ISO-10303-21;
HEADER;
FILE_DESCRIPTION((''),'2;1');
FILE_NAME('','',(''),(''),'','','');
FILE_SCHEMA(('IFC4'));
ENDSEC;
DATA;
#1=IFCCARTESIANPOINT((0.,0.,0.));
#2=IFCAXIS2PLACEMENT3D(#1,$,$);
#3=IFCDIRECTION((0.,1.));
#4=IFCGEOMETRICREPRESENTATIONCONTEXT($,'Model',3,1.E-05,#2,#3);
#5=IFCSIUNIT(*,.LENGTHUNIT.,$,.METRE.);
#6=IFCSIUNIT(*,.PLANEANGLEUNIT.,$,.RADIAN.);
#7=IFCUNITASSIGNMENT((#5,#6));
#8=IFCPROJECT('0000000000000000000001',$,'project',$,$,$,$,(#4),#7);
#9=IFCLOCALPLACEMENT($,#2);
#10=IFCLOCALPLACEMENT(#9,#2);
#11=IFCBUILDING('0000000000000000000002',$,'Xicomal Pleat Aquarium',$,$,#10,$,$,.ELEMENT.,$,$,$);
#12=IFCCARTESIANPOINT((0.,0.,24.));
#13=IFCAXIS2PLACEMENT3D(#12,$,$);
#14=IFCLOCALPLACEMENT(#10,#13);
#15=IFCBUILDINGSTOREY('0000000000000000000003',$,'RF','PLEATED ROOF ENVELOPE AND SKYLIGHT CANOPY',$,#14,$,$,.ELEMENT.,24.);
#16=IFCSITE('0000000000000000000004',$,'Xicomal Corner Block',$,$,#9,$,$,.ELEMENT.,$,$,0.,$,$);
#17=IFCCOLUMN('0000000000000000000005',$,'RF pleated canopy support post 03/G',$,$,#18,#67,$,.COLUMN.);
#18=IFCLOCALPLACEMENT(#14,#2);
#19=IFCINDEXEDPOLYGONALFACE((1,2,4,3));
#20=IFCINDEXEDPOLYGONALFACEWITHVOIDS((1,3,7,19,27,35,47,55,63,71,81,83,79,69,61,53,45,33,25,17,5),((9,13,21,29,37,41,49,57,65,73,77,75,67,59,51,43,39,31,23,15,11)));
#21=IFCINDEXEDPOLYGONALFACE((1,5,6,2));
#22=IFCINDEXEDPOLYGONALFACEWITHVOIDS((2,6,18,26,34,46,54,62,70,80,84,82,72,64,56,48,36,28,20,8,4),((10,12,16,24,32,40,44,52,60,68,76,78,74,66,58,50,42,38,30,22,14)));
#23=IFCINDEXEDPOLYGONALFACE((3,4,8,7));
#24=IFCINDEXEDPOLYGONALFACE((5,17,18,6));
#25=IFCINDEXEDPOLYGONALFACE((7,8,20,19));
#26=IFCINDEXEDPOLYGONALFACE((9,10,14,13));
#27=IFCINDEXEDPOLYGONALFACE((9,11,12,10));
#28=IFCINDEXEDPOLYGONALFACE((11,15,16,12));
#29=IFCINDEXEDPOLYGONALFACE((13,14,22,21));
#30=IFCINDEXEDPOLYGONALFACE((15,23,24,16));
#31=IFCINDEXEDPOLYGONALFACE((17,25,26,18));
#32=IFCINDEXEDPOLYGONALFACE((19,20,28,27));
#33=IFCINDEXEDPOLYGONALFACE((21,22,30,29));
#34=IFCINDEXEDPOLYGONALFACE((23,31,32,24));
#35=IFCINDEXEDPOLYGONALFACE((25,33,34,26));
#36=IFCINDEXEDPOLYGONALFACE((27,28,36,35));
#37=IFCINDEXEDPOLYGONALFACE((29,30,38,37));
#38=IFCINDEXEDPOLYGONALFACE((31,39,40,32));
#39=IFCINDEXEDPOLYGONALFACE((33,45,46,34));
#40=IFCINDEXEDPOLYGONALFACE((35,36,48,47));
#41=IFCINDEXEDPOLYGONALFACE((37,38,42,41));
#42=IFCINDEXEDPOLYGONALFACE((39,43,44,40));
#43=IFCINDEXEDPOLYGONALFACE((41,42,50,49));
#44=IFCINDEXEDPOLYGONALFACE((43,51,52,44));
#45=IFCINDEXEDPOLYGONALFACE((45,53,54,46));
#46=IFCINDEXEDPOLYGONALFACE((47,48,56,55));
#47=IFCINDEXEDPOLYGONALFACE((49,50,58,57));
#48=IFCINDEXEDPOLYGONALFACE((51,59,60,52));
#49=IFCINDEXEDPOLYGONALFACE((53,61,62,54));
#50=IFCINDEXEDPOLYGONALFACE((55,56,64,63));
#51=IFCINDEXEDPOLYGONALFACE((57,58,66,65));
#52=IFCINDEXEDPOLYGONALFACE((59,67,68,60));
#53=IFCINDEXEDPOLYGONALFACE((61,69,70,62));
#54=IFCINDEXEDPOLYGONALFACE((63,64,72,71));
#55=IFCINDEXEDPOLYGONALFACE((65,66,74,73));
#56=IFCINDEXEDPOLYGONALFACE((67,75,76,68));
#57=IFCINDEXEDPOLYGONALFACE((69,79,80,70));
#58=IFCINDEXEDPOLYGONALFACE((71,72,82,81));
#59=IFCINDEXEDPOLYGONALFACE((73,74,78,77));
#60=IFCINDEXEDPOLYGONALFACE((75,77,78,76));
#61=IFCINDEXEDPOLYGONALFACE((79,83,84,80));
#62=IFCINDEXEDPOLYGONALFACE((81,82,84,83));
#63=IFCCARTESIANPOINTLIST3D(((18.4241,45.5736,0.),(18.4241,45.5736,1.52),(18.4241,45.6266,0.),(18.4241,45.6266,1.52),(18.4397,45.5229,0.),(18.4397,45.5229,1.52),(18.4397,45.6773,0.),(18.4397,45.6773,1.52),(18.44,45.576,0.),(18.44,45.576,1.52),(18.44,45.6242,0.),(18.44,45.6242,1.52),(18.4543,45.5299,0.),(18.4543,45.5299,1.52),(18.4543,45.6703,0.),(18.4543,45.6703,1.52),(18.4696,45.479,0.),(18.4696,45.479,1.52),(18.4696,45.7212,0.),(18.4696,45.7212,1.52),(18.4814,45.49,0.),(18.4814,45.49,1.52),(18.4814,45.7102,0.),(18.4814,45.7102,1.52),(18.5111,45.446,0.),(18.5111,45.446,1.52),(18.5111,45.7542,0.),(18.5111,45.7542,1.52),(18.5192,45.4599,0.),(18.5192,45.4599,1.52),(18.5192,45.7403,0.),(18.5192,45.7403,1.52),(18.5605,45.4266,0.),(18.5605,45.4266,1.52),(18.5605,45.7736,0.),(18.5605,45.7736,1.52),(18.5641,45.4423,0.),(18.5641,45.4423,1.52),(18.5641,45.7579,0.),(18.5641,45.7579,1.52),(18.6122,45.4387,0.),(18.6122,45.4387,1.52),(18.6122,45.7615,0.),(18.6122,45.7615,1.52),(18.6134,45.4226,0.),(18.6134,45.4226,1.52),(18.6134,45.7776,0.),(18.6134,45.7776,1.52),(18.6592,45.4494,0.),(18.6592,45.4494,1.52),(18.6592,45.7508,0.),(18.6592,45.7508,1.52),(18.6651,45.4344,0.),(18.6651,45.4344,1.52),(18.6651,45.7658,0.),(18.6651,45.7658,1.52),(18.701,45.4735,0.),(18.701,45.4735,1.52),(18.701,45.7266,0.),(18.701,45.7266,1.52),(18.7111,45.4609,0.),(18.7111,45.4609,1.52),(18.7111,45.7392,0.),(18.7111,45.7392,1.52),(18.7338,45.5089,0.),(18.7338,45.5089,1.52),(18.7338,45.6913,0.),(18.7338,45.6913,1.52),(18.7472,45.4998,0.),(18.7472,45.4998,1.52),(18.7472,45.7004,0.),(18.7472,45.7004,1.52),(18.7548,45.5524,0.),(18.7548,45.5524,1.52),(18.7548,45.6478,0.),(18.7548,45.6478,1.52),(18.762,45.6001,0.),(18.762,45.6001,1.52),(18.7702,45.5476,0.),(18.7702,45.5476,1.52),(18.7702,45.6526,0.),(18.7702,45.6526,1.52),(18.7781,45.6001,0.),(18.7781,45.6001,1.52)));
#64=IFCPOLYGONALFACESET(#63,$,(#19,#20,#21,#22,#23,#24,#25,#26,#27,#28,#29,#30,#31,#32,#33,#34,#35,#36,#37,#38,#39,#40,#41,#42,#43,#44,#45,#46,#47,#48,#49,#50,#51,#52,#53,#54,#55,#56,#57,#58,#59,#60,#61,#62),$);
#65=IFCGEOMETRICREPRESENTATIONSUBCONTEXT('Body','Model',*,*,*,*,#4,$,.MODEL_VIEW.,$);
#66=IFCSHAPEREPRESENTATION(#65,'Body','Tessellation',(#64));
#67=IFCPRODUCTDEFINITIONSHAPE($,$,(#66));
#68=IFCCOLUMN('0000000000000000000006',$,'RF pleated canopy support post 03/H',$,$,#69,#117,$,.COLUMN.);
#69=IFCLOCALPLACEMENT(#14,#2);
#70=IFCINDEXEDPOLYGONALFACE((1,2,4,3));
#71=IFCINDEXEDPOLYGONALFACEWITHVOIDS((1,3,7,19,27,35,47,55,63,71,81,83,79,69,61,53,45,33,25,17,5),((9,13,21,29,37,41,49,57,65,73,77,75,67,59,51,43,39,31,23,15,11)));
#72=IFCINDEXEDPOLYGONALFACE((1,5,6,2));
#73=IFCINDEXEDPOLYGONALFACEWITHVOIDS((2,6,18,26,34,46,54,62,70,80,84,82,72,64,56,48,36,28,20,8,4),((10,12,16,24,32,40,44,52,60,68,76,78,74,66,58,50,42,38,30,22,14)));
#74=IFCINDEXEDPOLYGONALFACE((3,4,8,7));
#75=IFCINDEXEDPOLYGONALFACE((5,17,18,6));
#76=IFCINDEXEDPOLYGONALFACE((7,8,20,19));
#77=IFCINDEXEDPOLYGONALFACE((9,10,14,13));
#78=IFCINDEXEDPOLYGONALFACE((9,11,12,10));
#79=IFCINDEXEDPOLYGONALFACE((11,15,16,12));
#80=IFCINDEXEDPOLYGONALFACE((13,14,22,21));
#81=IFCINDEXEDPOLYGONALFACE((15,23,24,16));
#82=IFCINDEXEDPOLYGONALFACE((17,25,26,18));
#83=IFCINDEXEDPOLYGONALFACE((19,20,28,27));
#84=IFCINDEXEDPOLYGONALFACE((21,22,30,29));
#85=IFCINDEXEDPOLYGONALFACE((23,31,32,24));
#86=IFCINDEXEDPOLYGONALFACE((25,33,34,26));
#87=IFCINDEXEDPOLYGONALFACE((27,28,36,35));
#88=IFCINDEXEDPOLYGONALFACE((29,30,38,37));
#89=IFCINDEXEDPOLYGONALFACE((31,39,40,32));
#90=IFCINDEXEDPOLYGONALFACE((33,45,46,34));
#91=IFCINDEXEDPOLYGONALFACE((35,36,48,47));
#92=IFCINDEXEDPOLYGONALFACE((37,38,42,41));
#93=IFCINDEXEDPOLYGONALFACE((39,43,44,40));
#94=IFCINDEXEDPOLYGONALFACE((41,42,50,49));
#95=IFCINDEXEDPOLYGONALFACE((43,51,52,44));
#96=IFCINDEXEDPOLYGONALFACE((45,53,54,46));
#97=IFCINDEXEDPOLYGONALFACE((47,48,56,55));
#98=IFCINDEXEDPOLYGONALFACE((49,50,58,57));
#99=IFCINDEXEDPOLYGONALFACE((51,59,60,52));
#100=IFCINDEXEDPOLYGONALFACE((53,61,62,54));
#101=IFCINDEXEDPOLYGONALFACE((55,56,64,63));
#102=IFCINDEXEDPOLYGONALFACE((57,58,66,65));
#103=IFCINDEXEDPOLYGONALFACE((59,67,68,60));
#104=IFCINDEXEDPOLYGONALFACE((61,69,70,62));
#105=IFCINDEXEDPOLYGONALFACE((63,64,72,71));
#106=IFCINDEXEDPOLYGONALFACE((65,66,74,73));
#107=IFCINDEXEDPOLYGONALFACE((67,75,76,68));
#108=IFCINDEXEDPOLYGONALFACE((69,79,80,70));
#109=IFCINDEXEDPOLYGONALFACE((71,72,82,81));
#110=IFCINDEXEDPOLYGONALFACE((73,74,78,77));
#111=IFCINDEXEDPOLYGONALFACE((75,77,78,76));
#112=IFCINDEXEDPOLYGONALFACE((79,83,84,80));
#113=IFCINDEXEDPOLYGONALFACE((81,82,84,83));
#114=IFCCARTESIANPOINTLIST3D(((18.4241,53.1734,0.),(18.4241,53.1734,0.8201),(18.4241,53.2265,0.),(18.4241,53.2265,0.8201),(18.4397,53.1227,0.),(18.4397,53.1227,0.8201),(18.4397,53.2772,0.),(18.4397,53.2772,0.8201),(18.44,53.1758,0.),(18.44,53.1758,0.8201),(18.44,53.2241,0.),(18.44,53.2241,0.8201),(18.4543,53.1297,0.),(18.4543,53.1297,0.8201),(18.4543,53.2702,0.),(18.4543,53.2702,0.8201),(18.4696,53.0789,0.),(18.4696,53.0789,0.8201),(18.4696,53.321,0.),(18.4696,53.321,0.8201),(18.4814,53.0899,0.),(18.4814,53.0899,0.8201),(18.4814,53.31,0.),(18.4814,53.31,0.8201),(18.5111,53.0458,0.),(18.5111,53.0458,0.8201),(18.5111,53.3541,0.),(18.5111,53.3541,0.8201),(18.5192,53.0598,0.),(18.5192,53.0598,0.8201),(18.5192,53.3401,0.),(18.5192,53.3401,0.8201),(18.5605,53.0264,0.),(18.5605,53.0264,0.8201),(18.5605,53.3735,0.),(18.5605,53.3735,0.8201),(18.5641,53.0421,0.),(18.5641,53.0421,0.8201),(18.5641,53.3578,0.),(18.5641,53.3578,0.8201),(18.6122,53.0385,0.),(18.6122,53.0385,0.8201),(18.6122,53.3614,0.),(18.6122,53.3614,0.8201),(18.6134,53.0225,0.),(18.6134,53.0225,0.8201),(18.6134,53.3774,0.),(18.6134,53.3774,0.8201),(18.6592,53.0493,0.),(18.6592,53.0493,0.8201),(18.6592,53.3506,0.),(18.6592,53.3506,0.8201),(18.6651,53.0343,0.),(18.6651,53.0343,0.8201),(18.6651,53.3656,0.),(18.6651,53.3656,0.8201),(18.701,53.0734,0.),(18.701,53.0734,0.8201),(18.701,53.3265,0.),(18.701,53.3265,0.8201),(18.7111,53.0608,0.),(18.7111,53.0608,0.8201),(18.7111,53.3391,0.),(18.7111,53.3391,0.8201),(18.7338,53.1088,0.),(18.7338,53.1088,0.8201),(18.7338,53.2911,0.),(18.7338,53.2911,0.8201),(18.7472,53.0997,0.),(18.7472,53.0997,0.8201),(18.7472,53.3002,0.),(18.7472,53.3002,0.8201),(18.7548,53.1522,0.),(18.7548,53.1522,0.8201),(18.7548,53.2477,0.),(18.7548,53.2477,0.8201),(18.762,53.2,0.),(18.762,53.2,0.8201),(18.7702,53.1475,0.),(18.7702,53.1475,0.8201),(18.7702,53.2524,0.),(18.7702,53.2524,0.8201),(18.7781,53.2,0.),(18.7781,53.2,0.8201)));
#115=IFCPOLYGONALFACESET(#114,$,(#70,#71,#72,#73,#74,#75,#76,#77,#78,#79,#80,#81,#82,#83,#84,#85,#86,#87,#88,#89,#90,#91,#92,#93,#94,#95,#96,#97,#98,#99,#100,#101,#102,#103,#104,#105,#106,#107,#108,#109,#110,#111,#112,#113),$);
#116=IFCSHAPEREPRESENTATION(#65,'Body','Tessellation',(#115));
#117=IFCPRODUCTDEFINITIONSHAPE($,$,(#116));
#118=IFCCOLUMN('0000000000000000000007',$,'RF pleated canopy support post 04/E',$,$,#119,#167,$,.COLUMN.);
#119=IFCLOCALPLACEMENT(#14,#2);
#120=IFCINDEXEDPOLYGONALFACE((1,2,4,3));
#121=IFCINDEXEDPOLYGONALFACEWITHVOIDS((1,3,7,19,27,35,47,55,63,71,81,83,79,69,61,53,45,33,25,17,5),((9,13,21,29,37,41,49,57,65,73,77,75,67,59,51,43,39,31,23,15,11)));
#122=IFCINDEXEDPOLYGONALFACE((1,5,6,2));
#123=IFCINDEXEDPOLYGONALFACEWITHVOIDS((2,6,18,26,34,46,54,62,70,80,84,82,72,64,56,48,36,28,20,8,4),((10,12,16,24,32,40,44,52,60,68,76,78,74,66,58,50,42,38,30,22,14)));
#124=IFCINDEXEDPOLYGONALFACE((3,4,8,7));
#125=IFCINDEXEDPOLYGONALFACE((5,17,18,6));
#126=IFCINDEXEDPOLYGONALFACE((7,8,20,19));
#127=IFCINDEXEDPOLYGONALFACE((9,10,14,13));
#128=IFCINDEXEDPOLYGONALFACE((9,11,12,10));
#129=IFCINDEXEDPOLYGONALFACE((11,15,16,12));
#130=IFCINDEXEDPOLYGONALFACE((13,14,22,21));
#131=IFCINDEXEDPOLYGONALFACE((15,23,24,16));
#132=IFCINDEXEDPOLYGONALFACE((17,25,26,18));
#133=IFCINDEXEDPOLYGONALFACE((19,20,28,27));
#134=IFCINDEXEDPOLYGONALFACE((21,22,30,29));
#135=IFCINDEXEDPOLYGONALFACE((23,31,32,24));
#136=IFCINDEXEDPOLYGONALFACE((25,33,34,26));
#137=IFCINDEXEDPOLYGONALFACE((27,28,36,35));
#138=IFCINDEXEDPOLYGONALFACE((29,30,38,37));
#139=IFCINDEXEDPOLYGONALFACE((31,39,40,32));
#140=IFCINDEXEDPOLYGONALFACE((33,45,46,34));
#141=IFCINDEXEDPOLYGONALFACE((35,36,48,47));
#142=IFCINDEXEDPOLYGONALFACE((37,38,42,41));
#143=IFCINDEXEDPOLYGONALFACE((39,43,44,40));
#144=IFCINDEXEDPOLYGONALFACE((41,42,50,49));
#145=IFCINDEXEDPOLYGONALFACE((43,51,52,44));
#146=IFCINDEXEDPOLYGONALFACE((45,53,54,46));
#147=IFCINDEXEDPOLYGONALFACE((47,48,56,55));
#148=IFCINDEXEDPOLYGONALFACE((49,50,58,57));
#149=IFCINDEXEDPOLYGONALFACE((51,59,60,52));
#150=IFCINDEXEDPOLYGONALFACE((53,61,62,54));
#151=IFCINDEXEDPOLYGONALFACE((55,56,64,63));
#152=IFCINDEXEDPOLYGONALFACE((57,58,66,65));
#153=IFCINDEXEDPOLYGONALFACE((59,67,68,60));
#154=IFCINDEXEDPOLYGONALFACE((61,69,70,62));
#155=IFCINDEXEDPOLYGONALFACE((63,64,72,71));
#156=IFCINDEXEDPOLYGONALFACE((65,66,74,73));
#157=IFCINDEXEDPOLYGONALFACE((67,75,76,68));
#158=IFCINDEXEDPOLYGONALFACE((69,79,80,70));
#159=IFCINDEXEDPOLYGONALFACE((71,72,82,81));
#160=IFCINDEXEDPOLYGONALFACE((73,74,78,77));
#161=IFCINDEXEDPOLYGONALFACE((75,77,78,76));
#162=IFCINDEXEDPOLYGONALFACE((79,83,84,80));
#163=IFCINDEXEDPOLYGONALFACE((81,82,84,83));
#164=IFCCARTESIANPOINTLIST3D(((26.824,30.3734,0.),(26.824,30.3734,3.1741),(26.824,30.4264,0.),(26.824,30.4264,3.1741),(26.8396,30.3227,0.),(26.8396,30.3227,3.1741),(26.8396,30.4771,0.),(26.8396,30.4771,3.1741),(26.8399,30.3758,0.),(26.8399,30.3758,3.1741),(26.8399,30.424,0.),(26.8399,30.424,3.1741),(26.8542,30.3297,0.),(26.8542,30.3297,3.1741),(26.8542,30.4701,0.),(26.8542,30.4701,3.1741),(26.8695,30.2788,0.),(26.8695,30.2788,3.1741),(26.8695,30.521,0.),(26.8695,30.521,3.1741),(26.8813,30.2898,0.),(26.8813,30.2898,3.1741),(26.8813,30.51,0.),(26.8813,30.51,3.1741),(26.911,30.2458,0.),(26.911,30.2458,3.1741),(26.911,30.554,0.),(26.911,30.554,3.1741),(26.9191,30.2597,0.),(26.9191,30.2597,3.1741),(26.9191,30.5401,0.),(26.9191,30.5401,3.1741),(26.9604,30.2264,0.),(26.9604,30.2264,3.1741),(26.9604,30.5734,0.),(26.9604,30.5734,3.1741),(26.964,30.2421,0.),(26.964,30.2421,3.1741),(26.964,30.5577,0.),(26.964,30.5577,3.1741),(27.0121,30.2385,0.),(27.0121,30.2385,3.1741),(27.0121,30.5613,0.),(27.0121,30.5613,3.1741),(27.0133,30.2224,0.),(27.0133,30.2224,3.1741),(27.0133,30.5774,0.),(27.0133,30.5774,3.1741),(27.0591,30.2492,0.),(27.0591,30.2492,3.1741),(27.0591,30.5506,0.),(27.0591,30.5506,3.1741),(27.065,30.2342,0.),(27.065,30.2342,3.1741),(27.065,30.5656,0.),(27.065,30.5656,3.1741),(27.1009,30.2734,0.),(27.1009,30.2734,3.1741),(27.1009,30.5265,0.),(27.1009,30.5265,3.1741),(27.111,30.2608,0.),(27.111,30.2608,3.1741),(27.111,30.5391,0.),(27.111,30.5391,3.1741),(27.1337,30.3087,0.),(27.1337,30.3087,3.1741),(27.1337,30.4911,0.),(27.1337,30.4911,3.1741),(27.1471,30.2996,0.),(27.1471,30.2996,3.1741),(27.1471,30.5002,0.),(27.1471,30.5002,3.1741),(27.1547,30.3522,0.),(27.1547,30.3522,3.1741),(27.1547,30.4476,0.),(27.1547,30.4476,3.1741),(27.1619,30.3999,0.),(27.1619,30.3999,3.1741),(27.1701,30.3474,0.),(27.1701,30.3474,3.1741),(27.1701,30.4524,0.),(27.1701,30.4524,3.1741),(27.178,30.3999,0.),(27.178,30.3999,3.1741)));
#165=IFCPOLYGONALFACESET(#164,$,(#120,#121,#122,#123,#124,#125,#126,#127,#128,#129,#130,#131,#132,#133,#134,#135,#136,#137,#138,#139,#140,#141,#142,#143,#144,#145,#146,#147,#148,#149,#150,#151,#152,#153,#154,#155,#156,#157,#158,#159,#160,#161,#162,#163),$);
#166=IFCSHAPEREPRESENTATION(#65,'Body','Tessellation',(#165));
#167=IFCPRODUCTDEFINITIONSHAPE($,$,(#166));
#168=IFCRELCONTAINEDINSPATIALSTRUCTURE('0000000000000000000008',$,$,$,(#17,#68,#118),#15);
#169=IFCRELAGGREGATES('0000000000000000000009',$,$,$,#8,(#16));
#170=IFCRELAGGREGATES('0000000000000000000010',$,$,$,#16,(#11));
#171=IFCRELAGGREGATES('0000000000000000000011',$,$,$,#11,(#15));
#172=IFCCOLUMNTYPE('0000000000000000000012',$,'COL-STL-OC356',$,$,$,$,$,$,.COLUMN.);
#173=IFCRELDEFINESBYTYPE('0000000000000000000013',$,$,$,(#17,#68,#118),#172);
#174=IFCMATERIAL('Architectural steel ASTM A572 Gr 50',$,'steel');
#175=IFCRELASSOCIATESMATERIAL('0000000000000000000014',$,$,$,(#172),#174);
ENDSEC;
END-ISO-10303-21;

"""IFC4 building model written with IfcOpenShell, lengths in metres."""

from ifc_helpers import new_model, si_unit, direction, frame, origin, origin_2d, place, context, subcontext, project, spatial, hollow_circle, extrude, material, material_profile, profile_set, type_object, element, save


model = new_model("IFC4")

# Units and contexts
model_context = context("Model", 3, precision=1e-05, world=origin(), true_north=direction((0.0, 1.0)))
body_context = subcontext(model_context, "Body", "Model", "MODEL_VIEW")
ifc_project = project(units=[si_unit("LENGTHUNIT", "METRE"), si_unit("PLANEANGLEUNIT", "RADIAN")], contexts=[model_context])

# Site, building, storey
site_placement = place(None, origin())
site = spatial("IfcSite", under=ifc_project, at=site_placement, Name="Xicomal Corner Block", CompositionType="ELEMENT", RefElevation=0.0)
building_placement = place(site_placement, origin())
building = spatial("IfcBuilding", under=site, at=building_placement, Name="Xicomal Pleat Aquarium", CompositionType="ELEMENT")
storey_placement = place(building_placement, frame((0.0, 0.0, 24.0)))
storey = spatial("IfcBuildingStorey", under=building, at=storey_placement, Name="RF", Description="PLEATED ROOF ENVELOPE AND SKYLIGHT CANOPY", CompositionType="ELEMENT", Elevation=24.0)

# Columns
ifc_material_1 = material(Name="Architectural steel ASTM A572 Gr 50", Category="steel")
ifc_material_profile_1 = material_profile(ifc_material_1, hollow_circle(Radius=0.178, WallThickness=0.0161, at=origin_2d()), Name="OC 356x16")
ifc_profile_set_1 = profile_set([ifc_material_profile_1], Name="Architectural steel ASTM A572 Gr 50")
column_type = type_object("IfcColumnType", Name="COL-STL-OC356", PredefinedType="COLUMN", material=ifc_profile_set_1)
column_1_placement = place(storey_placement, frame((18.6001, 45.6001, 0.0), z_axis=(0.0, 0.0, 1.0), x_axis=(1.0, 0.0, 0.0)))
element("IfcColumn", 1, at=column_1_placement, inside=storey, type_object=column_type, Name="RF pleated canopy support post 03/G", PredefinedType="COLUMN", context=body_context, shape_type="SweptSolid", body=[
    extrude(hollow_circle(Radius=0.178, WallThickness=0.0161, at=origin_2d()), origin(), (0.0, 0.0, 1.0), 1.52),
])
column_2_placement = place(storey_placement, frame((18.6001, 53.2, 0.0), z_axis=(0.0, 0.0, 1.0), x_axis=(1.0, 0.0, 0.0)))
element("IfcColumn", 2, at=column_2_placement, inside=storey, type_object=column_type, Name="RF pleated canopy support post 03/H", PredefinedType="COLUMN", context=body_context, shape_type="SweptSolid", body=[
    extrude(hollow_circle(Radius=0.178, WallThickness=0.0161, at=origin_2d()), origin(), (0.0, 0.0, 1.0), 0.8201),
])
column_3_placement = place(storey_placement, frame((27.0, 30.3999, 0.0), z_axis=(0.0, 0.0, 1.0), x_axis=(1.0, 0.0, 0.0)))
element("IfcColumn", 3, at=column_3_placement, inside=storey, type_object=column_type, Name="RF pleated canopy support post 04/E", PredefinedType="COLUMN", context=body_context, shape_type="SweptSolid", body=[
    extrude(hollow_circle(Radius=0.178, WallThickness=0.0161, at=origin_2d()), origin(), (0.0, 0.0, 1.0), 3.1741),
])

save(model, "model.ifc")
